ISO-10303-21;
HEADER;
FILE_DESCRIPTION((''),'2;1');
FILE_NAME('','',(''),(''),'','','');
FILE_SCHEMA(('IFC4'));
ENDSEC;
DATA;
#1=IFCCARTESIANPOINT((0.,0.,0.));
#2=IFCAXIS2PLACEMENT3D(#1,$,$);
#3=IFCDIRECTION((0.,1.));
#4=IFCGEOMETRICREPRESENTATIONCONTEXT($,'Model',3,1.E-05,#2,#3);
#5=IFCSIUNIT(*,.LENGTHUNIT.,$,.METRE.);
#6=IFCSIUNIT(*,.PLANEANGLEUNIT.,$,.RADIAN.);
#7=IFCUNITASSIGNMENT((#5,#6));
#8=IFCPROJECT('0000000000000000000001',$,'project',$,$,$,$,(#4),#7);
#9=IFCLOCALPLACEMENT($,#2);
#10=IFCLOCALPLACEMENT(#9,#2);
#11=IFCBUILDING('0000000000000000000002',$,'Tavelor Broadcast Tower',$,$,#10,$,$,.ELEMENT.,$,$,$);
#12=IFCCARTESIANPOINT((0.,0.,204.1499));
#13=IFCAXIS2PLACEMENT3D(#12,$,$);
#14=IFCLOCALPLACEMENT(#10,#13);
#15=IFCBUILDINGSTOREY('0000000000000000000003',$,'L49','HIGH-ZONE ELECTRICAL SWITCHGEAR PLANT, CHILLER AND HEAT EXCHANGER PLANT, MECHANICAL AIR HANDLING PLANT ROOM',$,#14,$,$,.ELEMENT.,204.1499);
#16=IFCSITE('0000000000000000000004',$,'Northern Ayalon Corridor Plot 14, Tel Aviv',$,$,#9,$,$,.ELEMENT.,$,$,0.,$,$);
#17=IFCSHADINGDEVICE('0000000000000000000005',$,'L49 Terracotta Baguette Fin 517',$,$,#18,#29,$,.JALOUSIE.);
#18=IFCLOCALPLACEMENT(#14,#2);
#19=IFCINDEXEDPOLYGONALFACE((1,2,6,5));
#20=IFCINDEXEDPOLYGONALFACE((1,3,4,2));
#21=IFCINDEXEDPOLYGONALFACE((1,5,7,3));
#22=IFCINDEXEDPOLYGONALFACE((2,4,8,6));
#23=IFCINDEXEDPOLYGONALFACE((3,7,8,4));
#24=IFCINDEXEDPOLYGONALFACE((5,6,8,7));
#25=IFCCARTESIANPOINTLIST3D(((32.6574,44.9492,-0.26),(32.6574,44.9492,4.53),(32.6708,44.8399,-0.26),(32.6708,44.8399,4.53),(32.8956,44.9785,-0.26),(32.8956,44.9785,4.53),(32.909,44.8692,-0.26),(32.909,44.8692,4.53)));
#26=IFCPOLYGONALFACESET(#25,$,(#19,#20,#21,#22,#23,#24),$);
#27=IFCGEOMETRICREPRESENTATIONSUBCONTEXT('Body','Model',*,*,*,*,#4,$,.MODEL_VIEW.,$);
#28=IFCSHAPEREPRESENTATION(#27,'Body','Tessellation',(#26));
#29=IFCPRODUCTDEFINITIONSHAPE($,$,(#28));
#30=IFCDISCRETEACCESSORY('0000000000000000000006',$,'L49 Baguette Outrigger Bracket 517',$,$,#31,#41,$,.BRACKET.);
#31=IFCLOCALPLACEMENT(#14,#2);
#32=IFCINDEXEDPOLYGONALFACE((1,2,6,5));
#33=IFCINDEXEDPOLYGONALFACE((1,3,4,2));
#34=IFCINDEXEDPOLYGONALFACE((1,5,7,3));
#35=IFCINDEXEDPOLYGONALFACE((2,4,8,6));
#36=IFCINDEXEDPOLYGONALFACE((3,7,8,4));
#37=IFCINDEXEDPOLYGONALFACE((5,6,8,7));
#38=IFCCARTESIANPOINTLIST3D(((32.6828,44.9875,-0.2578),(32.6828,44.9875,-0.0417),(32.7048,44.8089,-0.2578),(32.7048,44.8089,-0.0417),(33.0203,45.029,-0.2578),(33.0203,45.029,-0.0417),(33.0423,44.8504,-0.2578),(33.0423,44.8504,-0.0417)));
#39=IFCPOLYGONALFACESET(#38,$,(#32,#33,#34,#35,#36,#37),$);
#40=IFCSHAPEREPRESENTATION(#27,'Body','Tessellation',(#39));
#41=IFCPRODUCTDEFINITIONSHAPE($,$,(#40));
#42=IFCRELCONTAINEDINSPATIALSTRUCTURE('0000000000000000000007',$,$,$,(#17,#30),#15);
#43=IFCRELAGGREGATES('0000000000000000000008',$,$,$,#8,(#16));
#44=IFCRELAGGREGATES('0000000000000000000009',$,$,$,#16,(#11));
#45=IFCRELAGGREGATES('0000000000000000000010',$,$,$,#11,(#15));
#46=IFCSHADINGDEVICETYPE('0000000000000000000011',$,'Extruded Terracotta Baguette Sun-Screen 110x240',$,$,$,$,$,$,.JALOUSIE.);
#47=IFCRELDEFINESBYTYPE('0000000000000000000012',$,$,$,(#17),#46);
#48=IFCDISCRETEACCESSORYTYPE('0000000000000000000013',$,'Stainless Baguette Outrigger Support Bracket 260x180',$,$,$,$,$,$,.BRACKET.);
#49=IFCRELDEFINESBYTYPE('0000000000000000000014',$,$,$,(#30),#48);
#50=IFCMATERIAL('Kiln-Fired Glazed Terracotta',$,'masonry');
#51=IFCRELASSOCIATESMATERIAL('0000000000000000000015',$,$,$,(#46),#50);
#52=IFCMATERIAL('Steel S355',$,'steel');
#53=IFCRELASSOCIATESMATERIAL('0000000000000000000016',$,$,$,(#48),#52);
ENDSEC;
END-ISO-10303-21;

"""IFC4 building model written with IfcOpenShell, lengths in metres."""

from ifc_helpers import new_model, si_unit, direction, frame, origin, origin_2d, place, context, subcontext, project, spatial, rectangle, extrude, source, transform, mapped, material, type_object, type_shapes, element, save


model = new_model("IFC4")

# Units and contexts
model_context = context("Model", 3, precision=1e-05, world=origin(), true_north=direction((0.0, 1.0)))
body_context = subcontext(model_context, "Body", "Model", "MODEL_VIEW")
ifc_project = project(units=[si_unit("LENGTHUNIT", "METRE"), si_unit("PLANEANGLEUNIT", "RADIAN")], contexts=[model_context])

# Site, building, storey
site_placement = place(None, origin())
site = spatial("IfcSite", under=ifc_project, at=site_placement, Name="Northern Ayalon Corridor Plot 14, Tel Aviv", CompositionType="ELEMENT", RefElevation=0.0)
building_placement = place(site_placement, origin())
building = spatial("IfcBuilding", under=site, at=building_placement, Name="Tavelor Broadcast Tower", CompositionType="ELEMENT")
storey_placement = place(building_placement, frame((0.0, 0.0, 204.1499)))
storey = spatial("IfcBuildingStorey", under=building, at=storey_placement, Name="L49", Description="HIGH-ZONE ELECTRICAL SWITCHGEAR PLANT, CHILLER AND HEAT EXCHANGER PLANT, MECHANICAL AIR HANDLING PLANT ROOM", CompositionType="ELEMENT", Elevation=204.1499)

# Shared definitions
ifc_material_1 = material(Name="Steel S355", Category="steel")

# Shading device
ifc_material_2 = material(Name="Kiln-Fired Glazed Terracotta", Category="masonry")
shading_device_type = type_object("IfcShadingDeviceType", Name="Extruded Terracotta Baguette Sun-Screen 110x240", PredefinedType="JALOUSIE", material=ifc_material_2)
shared_shape_1 = source(origin(), body_context, "Body", "SweptSolid", [
    extrude(rectangle(XDim=0.1101, YDim=0.24, at=origin_2d()), origin(), (0.0, 0.0, 1.0), 4.79),
])
type_shapes(shading_device_type, [shared_shape_1])
shading_device_placement = place(storey_placement, frame((32.7832, 44.9092, -0.26), z_axis=(0.0, 0.0, 1.0), x_axis=(0.122216, -0.992504, 0.0)))
element("IfcShadingDevice", 1, at=shading_device_placement, inside=storey, type_object=shading_device_type, Name="L49 Terracotta Baguette Fin 517", PredefinedType="JALOUSIE", context=body_context, shape_type="MappedRepresentation", body=[
    mapped(shared_shape_1, transform((0.0, 0.0, 0.0), scale=1.0)),
])

# Discrete accessory
discrete_accessory_type = type_object("IfcDiscreteAccessoryType", Name="Stainless Baguette Outrigger Support Bracket 260x180", PredefinedType="BRACKET", material=ifc_material_1)
shared_shape_2 = source(origin(), body_context, "Body", "SweptSolid", [
    extrude(rectangle(XDim=0.1799, YDim=0.3401, at=origin_2d()), origin(), (0.0, 0.0, 1.0), 0.2161),
])
type_shapes(discrete_accessory_type, [shared_shape_2])
discrete_accessory_placement = place(storey_placement, frame((32.8625, 44.9189, -0.2578), z_axis=(0.0, 0.0, 1.0), x_axis=(0.122216, -0.992504, 0.0)))
element("IfcDiscreteAccessory", 2, at=discrete_accessory_placement, inside=storey, type_object=discrete_accessory_type, Name="L49 Baguette Outrigger Bracket 517", PredefinedType="BRACKET", context=body_context, shape_type="MappedRepresentation", body=[
    mapped(shared_shape_2, transform((0.0, 0.0, 0.0), scale=1.0)),
])

save(model, "model.ifc")
